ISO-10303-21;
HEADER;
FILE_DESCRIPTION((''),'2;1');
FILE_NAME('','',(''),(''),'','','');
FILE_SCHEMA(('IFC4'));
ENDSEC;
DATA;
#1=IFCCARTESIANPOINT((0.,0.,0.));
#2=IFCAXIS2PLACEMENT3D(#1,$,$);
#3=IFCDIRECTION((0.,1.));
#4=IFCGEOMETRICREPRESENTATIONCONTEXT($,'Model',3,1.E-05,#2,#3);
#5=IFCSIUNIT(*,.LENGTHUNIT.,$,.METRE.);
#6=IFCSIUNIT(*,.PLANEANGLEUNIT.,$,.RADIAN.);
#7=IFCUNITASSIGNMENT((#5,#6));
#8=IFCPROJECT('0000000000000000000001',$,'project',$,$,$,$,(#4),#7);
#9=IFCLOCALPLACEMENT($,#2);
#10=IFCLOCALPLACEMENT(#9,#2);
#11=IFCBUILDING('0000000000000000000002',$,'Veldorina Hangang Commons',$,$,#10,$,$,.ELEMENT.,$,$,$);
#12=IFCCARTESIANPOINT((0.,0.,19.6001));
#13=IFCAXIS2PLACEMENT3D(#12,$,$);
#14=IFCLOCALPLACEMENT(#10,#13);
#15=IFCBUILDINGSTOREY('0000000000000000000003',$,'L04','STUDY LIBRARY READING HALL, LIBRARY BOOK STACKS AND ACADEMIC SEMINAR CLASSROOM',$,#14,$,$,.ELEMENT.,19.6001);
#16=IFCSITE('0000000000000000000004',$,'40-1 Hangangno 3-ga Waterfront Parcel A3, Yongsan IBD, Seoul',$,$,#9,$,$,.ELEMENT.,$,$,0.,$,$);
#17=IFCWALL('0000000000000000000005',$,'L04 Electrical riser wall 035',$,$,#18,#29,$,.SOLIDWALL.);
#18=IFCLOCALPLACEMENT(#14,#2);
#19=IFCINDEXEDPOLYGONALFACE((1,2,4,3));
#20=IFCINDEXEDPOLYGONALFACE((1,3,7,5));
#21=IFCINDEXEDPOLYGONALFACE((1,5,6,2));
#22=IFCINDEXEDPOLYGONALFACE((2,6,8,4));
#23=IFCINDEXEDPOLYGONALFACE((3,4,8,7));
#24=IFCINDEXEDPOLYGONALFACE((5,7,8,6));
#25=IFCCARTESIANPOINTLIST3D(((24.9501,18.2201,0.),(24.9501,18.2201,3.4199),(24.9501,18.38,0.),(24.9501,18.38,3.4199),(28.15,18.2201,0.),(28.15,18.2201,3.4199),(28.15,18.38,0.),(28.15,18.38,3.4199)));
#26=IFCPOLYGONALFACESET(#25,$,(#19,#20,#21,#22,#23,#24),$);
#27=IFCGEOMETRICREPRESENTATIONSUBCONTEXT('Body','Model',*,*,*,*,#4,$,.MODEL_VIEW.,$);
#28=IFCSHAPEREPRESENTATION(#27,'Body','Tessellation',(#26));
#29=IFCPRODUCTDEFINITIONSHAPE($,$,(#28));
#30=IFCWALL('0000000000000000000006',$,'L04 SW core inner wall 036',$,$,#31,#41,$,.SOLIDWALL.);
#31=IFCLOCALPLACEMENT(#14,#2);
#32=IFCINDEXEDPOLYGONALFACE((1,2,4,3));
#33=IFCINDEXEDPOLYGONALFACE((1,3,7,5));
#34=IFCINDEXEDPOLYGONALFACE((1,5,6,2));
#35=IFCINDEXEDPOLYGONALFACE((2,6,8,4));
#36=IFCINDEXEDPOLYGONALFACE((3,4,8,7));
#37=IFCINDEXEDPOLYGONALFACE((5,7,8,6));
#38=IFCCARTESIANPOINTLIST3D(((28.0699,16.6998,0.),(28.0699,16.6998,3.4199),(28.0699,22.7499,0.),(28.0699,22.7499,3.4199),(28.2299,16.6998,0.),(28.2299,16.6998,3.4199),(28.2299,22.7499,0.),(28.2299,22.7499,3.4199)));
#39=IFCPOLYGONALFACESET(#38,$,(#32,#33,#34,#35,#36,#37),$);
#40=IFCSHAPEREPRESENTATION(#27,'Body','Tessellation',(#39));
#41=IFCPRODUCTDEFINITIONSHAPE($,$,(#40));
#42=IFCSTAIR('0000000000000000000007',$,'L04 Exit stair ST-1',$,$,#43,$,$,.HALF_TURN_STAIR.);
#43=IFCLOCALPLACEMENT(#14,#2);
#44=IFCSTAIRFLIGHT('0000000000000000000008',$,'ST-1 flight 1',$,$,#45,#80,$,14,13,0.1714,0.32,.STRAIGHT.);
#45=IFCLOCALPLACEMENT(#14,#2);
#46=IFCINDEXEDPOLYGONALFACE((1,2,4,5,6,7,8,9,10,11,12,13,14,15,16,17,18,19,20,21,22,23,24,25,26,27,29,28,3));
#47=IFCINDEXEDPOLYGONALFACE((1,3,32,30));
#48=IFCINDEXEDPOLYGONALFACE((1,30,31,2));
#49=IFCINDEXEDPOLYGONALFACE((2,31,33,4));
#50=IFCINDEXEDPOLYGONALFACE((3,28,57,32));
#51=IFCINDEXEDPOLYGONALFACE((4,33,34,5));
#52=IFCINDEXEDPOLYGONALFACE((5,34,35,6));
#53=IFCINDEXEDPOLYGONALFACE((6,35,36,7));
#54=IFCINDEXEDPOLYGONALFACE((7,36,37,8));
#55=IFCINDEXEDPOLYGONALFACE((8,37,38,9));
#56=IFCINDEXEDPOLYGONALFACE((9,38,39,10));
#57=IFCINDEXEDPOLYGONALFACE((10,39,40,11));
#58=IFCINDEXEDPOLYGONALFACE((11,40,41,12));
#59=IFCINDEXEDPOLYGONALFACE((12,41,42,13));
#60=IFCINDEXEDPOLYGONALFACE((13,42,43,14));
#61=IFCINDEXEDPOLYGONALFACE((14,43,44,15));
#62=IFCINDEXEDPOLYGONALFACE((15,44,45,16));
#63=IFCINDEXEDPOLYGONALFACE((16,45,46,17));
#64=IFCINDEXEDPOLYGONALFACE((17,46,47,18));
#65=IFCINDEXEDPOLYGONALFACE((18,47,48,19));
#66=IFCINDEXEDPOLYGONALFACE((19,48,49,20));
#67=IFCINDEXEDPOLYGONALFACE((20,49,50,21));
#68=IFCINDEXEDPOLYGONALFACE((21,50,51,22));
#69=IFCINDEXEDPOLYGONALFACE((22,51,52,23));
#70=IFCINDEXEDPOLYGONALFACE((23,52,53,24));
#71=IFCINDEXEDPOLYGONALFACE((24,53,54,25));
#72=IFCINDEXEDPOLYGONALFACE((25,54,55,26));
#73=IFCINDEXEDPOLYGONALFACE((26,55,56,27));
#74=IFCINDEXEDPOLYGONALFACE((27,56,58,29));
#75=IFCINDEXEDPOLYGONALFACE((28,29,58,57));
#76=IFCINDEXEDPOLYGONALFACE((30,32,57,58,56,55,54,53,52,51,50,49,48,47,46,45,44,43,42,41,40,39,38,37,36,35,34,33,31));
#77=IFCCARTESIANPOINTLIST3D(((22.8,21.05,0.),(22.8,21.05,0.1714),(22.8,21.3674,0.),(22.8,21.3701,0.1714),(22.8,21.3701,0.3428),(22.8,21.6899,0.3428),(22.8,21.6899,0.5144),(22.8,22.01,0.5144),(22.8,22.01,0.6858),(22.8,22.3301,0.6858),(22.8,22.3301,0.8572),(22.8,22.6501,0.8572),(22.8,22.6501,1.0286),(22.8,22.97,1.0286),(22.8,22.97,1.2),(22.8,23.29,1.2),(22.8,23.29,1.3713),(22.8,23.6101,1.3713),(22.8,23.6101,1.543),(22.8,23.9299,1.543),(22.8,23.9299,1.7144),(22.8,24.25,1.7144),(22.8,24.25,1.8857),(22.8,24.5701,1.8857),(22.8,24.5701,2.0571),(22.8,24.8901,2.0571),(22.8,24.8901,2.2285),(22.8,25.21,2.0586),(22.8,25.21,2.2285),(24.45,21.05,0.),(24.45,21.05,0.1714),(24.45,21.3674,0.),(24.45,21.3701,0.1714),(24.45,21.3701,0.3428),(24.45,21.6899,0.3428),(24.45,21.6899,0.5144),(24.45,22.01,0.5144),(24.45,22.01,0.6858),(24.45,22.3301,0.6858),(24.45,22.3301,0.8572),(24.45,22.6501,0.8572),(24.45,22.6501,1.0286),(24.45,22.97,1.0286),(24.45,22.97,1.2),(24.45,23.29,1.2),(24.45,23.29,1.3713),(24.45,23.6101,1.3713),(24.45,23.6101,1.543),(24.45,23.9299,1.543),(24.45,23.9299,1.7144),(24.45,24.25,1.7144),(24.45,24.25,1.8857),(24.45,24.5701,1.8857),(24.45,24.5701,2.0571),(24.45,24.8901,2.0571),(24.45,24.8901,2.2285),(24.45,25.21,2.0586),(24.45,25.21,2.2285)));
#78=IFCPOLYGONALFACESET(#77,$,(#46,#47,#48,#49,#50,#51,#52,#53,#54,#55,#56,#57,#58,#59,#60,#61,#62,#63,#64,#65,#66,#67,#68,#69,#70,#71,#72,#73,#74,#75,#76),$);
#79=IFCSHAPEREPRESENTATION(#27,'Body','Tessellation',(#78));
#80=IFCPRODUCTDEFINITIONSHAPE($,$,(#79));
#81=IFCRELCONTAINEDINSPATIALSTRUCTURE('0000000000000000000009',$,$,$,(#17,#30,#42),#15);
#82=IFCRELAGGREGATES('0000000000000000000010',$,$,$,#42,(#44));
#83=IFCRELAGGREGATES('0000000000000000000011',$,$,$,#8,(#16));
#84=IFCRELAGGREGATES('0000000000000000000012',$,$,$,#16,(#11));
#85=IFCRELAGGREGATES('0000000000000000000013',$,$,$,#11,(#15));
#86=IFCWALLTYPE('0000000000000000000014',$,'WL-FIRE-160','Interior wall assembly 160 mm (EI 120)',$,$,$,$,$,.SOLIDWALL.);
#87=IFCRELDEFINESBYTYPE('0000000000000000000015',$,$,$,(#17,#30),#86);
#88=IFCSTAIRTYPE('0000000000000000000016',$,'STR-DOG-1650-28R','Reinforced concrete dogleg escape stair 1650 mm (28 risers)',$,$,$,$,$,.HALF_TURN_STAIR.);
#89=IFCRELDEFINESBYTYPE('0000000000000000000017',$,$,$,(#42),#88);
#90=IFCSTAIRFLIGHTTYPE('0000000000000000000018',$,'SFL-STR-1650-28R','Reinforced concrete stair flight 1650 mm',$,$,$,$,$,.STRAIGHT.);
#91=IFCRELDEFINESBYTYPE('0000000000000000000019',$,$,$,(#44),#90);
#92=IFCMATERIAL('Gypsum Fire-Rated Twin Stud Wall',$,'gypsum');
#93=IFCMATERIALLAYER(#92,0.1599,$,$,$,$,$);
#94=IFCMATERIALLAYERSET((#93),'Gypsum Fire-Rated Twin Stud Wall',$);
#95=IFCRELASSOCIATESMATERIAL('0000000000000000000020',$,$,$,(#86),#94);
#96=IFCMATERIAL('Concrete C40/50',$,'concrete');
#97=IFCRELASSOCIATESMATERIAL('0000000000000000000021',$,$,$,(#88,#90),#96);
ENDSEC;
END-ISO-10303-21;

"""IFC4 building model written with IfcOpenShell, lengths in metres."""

from ifc_helpers import new_model, si_unit, direction, frame, frame_2d, origin, place, context, subcontext, project, spatial, polyline, rectangle, outline, extrude, material, layer, layer_set, type_object, element, aggregate, save


model = new_model("IFC4")

# Units and contexts
model_context = context("Model", 3, precision=1e-05, world=origin(), true_north=direction((0.0, 1.0)))
body_context = subcontext(model_context, "Body", "Model", "MODEL_VIEW")
ifc_project = project(units=[si_unit("LENGTHUNIT", "METRE"), si_unit("PLANEANGLEUNIT", "RADIAN")], contexts=[model_context])

# Site, building, storey
site_placement = place(None, origin())
site = spatial("IfcSite", under=ifc_project, at=site_placement, Name="40-1 Hangangno 3-ga Waterfront Parcel A3, Yongsan IBD, Seoul", CompositionType="ELEMENT", RefElevation=0.0)
building_placement = place(site_placement, origin())
building = spatial("IfcBuilding", under=site, at=building_placement, Name="Veldorina Hangang Commons", CompositionType="ELEMENT")
storey_placement = place(building_placement, frame((0.0, 0.0, 19.6001)))
storey = spatial("IfcBuildingStorey", under=building, at=storey_placement, Name="L04", Description="STUDY LIBRARY READING HALL, LIBRARY BOOK STACKS AND ACADEMIC SEMINAR CLASSROOM", CompositionType="ELEMENT", Elevation=19.6001)

# Shared definitions
ifc_material_1 = material(Name="Gypsum Fire-Rated Twin Stud Wall", Category="gypsum")
ifc_layer_1 = layer(ifc_material_1, 0.1599)
ifc_layer_set_1 = layer_set([ifc_layer_1], Name="Gypsum Fire-Rated Twin Stud Wall")
wall_type_1 = type_object("IfcWallType", Name="WL-FIRE-160", Description="Interior wall assembly 160 mm (EI 120)", PredefinedType="SOLIDWALL", material=ifc_layer_set_1)

# Walls
wall_1_placement = place(storey_placement, frame((24.95, 18.3, 0.0), z_axis=(0.0, 0.0, 1.0), x_axis=(1.0, 0.0, 0.0)))
element("IfcWall", 1, at=wall_1_placement, inside=storey, type_object=wall_type_1, Name="L04 Electrical riser wall 035", PredefinedType="SOLIDWALL", context=body_context, shape_type="SweptSolid", body=[
    extrude(rectangle(XDim=3.2, YDim=0.1599, at=frame_2d((1.6001, 0.0))), origin(), (0.0, 0.0, 1.0), 3.4199),
])
wall_2_placement = place(storey_placement, frame((28.1499, 16.7, 0.0), z_axis=(0.0, 0.0, 1.0), x_axis=(0.0, 1.0, 0.0)))
element("IfcWall", 2, at=wall_2_placement, inside=storey, type_object=wall_type_1, Name="L04 SW core inner wall 036", PredefinedType="SOLIDWALL", context=body_context, shape_type="SweptSolid", body=[
    extrude(rectangle(XDim=6.05, YDim=0.1599, at=frame_2d((3.0249, 0.0))), origin(), (0.0, 0.0, 1.0), 3.4199),
])

# Stair, stair flight
ifc_material_2 = material(Name="Concrete C40/50", Category="concrete")
stair_type = type_object("IfcStairType", Name="STR-DOG-1650-28R", Description="Reinforced concrete dogleg escape stair 1650 mm (28 risers)", PredefinedType="HALF_TURN_STAIR", material=ifc_material_2)
stair_placement = place(storey_placement, origin())
stair = element("IfcStair", 3, at=stair_placement, inside=storey, type_object=stair_type, Name="L04 Exit stair ST-1", PredefinedType="HALF_TURN_STAIR")
stair_flight_type = type_object("IfcStairFlightType", Name="SFL-STR-1650-28R", Description="Reinforced concrete stair flight 1650 mm", PredefinedType="STRAIGHT", material=ifc_material_2)
stair_flight_placement = place(storey_placement, frame((23.625, 21.05, 0.0), z_axis=(0.0, 0.0, 1.0), x_axis=(0.0, 1.0, 0.0)))
stair_flight = element("IfcStairFlight", 4, at=stair_flight_placement, type_object=stair_flight_type, Name="ST-1 flight 1", NumberOfRisers=14, NumberOfTreads=13, PredefinedType="STRAIGHT", RiserHeight=0.1714, TreadLength=0.32, context=body_context, shape_type="SweptSolid", body=[
    extrude(outline(polyline([(0.0, 0.0), (0.0, 0.1714), (0.3201, 0.1714), (0.3201, 0.3428), (0.6399, 0.3428), (0.6399, 0.5144), (0.96, 0.5144), (0.96, 0.6858), (1.28, 0.6858), (1.28, 0.8572), (1.6001, 0.8572), (1.6001, 1.0286), (1.9199, 1.0286), (1.9199, 1.2), (2.24, 1.2), (2.24, 1.3713), (2.5601, 1.3713), (2.5601, 1.543), (2.8799, 1.543), (2.8799, 1.7144), (3.2, 1.7144), (3.2, 1.8857), (3.52, 1.8857), (3.52, 2.0571), (3.8401, 2.0571), (3.8401, 2.2285), (4.1599, 2.2285), (4.1599, 2.3999), (4.1599, 2.0586), (0.3174, 0.0), (0.0, 0.0)])), frame((0.0, 0.825, 0.0), z_axis=(0.0, -1.0, 0.0), x_axis=(1.0, 0.0, 0.0)), (0.0, 0.0, 1.0), 1.6499),
])
aggregate(stair, [stair_flight])

save(model, "model.ifc")
